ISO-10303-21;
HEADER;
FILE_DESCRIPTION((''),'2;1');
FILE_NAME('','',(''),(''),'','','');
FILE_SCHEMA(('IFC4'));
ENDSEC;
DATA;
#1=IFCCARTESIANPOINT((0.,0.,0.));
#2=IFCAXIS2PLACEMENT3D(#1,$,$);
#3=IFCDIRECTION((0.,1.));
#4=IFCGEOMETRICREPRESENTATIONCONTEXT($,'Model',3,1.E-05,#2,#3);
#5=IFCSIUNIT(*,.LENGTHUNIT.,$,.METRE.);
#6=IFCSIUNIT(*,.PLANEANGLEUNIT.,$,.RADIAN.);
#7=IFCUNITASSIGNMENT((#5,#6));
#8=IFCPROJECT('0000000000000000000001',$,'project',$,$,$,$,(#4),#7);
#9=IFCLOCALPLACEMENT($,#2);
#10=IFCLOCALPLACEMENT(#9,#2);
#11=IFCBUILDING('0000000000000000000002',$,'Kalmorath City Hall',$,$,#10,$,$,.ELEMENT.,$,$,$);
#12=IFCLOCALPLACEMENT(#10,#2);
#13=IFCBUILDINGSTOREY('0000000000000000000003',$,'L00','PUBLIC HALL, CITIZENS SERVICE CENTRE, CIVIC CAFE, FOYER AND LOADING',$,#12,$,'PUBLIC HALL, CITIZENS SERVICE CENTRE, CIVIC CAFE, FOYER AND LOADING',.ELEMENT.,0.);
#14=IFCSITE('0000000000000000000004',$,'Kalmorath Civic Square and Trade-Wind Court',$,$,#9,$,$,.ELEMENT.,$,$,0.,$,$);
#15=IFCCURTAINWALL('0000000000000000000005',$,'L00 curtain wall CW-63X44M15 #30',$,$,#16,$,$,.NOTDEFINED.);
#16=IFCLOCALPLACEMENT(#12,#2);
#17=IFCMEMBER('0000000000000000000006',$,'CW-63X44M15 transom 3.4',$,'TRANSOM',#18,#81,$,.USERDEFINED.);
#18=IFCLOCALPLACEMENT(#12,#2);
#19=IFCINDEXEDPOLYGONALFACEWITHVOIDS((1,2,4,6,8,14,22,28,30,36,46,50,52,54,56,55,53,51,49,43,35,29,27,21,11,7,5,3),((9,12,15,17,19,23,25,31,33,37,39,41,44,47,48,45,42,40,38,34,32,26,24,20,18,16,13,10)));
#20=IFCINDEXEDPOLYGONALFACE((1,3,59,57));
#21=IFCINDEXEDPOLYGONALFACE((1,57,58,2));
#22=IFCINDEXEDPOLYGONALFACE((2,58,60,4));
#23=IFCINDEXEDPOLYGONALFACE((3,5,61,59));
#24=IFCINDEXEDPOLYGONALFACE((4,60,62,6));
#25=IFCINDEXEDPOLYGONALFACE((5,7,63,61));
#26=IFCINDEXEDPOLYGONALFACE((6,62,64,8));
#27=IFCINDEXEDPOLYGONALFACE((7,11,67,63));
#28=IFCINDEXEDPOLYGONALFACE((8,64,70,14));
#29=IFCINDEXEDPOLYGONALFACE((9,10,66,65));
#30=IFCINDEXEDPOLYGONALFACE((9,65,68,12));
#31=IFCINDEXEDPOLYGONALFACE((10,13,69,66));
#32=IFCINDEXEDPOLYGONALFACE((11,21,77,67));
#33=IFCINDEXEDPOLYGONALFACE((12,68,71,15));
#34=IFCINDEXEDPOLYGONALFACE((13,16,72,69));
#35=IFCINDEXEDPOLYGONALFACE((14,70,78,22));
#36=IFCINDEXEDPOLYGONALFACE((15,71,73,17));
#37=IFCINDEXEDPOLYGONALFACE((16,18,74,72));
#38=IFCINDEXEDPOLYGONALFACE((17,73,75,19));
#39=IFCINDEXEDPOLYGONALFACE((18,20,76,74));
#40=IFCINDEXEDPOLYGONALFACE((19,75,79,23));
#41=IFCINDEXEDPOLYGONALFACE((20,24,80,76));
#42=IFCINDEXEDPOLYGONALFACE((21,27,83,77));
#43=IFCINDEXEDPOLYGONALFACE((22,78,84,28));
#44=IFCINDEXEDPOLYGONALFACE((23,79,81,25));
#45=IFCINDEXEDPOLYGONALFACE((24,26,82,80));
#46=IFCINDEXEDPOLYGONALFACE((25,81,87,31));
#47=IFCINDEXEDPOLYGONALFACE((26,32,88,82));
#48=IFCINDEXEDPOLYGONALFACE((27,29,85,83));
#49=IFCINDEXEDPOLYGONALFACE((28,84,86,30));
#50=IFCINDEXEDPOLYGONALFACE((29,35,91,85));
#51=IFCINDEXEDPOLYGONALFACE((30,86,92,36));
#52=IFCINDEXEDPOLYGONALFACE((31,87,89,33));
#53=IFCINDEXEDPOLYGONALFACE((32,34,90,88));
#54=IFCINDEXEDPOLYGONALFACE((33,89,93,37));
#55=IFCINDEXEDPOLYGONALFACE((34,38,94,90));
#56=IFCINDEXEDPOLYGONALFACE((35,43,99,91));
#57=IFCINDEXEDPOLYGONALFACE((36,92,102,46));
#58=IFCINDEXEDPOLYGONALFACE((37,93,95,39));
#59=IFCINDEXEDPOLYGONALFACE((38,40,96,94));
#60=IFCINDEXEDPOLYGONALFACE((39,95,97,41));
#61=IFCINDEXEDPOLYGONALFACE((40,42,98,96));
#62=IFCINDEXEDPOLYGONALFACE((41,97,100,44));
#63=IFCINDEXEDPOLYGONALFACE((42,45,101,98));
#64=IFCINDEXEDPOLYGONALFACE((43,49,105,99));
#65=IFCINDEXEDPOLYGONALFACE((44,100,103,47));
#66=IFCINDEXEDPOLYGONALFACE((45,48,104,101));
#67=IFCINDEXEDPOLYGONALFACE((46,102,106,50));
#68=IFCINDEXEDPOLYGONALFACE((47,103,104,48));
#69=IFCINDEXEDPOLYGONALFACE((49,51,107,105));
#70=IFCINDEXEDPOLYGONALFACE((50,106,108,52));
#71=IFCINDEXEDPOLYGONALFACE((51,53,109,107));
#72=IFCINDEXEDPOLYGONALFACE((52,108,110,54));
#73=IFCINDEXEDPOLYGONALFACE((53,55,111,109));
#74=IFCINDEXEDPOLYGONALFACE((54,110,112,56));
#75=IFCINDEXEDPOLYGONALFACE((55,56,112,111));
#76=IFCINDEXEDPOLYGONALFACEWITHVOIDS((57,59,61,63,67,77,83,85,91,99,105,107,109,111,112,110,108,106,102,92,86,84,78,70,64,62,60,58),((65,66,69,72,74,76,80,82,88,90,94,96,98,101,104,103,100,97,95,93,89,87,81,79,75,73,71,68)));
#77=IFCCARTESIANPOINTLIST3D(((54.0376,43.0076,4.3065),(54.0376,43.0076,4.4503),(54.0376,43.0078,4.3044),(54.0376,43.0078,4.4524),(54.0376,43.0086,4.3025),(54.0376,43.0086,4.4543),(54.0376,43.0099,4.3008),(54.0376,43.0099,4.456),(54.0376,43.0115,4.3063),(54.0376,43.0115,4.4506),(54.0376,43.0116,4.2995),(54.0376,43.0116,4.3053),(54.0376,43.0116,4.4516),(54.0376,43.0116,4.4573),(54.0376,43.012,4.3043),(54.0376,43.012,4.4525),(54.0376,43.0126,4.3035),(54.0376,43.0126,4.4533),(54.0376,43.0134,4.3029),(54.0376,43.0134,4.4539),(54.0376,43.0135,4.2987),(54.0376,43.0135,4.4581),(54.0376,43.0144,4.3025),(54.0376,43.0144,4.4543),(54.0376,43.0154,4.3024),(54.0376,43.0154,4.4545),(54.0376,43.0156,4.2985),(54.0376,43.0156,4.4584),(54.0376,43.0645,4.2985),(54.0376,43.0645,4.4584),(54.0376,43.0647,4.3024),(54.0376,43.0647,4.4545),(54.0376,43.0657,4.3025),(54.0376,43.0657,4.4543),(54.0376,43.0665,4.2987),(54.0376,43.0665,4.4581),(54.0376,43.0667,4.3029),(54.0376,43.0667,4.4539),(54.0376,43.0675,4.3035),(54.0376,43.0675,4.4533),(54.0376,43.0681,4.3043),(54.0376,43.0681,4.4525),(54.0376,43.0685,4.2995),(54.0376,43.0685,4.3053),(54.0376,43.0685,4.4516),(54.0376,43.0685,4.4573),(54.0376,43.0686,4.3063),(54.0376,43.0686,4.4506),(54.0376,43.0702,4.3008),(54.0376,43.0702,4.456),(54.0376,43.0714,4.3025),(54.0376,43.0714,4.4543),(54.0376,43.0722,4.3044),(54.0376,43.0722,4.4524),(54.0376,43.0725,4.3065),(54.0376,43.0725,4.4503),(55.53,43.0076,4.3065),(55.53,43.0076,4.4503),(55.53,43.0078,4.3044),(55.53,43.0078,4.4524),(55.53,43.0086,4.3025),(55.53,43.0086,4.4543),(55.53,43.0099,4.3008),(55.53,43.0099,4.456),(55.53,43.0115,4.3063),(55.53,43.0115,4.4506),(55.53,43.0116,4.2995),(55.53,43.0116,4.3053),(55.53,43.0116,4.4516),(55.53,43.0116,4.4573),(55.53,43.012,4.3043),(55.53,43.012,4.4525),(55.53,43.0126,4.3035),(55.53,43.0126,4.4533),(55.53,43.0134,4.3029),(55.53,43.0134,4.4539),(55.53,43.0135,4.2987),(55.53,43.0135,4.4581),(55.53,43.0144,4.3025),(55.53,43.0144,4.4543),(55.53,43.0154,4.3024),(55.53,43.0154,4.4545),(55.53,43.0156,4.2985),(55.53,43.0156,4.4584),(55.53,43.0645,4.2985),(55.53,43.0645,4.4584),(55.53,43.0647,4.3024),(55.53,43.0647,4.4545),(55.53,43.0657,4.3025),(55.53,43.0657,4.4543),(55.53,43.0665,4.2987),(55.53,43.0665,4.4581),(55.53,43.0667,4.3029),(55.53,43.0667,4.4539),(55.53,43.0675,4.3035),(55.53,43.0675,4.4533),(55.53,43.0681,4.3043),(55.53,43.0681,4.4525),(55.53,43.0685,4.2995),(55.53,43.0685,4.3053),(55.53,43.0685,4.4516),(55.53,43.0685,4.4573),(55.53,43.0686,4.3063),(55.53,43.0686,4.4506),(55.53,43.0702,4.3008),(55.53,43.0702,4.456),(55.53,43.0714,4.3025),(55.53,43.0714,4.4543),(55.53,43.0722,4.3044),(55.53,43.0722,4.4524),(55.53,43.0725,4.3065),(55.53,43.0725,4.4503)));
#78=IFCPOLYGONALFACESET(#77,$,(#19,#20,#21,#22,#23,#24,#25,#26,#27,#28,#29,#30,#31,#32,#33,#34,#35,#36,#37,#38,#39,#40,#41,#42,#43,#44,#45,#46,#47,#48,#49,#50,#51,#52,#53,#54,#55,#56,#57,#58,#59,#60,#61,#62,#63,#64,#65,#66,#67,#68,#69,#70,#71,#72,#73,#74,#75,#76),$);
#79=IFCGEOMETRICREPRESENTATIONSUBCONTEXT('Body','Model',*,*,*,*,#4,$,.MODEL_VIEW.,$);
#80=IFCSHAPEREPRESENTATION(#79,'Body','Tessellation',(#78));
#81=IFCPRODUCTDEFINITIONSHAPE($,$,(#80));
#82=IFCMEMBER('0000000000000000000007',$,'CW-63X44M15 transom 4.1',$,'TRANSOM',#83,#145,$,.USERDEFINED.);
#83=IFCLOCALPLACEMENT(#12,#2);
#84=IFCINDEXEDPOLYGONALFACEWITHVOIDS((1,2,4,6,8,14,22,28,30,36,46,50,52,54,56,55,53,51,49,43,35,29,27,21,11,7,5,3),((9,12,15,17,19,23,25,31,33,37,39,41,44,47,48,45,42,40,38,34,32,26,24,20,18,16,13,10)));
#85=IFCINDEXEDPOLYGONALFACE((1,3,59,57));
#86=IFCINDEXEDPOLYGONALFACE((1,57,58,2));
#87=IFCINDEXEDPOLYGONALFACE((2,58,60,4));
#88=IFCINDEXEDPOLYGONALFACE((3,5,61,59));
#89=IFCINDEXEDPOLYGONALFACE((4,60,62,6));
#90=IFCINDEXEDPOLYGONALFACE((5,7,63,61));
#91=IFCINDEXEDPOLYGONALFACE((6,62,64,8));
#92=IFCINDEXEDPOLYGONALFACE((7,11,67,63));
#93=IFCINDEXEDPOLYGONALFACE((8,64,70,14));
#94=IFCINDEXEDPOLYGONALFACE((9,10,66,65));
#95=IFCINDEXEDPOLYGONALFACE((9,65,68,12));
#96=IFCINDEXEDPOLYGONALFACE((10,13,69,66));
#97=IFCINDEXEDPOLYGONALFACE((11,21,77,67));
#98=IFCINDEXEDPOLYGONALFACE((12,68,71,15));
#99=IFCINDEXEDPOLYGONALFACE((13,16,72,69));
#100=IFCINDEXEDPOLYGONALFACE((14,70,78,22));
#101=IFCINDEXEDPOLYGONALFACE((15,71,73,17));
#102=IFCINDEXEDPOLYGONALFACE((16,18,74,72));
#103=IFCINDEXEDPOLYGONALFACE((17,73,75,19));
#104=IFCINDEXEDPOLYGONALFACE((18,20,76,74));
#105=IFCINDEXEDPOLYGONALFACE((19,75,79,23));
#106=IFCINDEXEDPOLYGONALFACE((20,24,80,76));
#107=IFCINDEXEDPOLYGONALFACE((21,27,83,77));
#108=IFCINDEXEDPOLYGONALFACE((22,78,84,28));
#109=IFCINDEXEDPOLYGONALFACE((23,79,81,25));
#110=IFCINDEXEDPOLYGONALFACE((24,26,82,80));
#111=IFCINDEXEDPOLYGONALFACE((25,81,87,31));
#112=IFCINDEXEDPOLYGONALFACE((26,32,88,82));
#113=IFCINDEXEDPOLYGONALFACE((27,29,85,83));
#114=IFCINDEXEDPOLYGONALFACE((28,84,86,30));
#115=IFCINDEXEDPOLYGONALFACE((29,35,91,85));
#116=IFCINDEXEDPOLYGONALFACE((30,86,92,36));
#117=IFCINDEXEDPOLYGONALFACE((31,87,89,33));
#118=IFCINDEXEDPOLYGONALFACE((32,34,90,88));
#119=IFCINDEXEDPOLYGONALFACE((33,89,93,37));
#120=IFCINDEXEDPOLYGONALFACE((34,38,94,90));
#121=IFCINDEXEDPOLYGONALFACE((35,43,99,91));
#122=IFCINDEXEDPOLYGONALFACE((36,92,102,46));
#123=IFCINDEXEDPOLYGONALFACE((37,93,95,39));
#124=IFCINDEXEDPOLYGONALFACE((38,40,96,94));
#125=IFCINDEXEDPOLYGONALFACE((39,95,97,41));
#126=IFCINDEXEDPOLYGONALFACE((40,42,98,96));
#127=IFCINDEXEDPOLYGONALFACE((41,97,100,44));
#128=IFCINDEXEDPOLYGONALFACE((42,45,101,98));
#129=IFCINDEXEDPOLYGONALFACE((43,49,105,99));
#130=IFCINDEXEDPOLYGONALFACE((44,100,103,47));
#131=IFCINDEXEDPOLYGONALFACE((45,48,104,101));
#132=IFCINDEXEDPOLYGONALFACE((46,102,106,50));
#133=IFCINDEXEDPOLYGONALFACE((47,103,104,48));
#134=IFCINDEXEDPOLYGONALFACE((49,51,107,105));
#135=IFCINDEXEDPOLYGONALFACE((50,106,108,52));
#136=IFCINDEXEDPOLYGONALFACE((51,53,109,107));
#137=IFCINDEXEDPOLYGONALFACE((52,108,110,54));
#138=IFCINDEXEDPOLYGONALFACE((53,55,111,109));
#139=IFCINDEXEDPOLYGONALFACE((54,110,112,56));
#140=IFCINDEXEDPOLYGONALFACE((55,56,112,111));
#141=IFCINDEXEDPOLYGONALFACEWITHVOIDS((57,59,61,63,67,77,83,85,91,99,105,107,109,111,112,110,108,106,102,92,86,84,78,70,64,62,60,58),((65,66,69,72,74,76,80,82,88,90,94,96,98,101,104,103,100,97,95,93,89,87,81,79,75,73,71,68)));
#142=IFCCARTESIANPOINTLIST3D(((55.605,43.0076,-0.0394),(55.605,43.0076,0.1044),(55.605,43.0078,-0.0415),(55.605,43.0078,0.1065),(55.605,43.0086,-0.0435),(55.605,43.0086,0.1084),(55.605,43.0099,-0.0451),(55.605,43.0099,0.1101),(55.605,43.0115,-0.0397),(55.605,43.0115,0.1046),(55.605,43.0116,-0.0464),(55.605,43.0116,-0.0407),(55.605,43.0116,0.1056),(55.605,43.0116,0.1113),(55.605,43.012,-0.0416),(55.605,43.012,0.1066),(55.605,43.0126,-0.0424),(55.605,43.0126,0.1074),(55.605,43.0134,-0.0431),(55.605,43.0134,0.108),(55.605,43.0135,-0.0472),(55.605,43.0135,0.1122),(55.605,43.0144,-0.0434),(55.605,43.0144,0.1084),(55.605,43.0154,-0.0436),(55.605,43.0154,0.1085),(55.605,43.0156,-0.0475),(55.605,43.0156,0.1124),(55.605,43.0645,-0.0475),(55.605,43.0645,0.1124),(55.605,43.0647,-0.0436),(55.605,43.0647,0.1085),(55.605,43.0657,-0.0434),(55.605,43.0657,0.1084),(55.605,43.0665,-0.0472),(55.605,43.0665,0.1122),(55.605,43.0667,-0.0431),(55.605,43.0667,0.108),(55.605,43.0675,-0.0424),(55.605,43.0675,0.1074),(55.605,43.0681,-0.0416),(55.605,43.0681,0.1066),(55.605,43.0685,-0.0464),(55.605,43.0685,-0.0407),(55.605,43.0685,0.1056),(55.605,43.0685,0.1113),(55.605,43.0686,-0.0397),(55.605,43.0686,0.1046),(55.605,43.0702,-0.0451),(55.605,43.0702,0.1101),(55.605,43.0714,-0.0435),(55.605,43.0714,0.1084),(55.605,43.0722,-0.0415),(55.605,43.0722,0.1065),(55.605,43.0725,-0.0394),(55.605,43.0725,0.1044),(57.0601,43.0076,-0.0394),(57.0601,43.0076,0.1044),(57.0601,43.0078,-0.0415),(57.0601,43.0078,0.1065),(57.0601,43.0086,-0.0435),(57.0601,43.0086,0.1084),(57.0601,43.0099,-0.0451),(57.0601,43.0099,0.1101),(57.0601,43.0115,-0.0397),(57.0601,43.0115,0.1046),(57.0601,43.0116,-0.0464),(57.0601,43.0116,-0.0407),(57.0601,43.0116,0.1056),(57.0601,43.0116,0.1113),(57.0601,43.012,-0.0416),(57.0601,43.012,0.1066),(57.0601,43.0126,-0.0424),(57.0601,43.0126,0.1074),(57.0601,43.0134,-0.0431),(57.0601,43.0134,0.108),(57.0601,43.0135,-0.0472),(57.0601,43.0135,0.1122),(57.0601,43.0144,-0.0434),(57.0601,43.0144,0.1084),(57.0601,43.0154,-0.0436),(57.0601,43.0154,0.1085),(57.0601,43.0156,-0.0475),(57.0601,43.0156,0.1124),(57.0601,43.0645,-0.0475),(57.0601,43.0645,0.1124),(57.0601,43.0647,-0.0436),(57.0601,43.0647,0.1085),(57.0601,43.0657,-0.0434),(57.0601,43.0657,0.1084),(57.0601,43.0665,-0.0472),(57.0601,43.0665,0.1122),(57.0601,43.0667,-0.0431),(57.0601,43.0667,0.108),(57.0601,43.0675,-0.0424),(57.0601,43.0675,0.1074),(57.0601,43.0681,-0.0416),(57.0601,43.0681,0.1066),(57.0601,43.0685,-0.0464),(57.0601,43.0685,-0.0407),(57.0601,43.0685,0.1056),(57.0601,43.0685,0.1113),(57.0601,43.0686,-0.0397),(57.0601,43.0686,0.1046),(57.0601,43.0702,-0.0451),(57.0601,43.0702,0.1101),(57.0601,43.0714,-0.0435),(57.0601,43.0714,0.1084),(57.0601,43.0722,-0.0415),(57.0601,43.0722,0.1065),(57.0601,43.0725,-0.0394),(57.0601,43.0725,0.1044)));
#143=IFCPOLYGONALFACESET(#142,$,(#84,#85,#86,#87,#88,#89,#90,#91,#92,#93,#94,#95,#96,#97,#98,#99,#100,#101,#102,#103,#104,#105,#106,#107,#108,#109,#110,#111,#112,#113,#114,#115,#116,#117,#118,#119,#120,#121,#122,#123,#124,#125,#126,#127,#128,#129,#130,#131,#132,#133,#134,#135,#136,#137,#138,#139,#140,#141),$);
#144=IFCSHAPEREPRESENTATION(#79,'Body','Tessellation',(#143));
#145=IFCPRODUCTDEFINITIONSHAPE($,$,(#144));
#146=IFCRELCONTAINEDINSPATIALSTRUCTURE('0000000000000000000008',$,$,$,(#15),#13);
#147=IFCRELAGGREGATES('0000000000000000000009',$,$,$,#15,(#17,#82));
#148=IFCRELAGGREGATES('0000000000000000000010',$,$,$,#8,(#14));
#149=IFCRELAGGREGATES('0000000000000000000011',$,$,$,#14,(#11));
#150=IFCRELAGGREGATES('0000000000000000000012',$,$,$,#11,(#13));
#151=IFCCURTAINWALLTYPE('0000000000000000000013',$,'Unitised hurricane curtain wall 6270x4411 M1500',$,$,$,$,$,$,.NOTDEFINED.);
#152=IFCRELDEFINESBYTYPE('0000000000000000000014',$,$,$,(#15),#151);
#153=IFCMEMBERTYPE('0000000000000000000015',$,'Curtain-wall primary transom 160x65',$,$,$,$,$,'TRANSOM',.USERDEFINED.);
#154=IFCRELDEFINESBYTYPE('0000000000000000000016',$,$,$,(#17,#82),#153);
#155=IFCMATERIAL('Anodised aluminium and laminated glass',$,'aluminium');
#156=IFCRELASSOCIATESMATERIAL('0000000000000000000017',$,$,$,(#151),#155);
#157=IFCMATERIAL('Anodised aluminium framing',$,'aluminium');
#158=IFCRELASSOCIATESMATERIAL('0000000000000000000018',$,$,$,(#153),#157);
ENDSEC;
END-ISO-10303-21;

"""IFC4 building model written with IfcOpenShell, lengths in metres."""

from ifc_helpers import new_model, si_unit, direction, frame, origin, origin_2d, place, context, subcontext, project, spatial, hollow_rectangle, extrude, material, material_profile, profile_set, type_object, element, aggregate, save


model = new_model("IFC4")

# Units and contexts
model_context = context("Model", 3, precision=1e-05, world=origin(), true_north=direction((0.0, 1.0)))
body_context = subcontext(model_context, "Body", "Model", "MODEL_VIEW")
ifc_project = project(units=[si_unit("LENGTHUNIT", "METRE"), si_unit("PLANEANGLEUNIT", "RADIAN")], contexts=[model_context])

# Site, building, storey
site_placement = place(None, origin())
site = spatial("IfcSite", under=ifc_project, at=site_placement, Name="Kalmorath Civic Square and Trade-Wind Court", CompositionType="ELEMENT", RefElevation=0.0)
building_placement = place(site_placement, origin())
building = spatial("IfcBuilding", under=site, at=building_placement, Name="Kalmorath City Hall", CompositionType="ELEMENT")
storey_placement = place(building_placement, origin())
storey = spatial("IfcBuildingStorey", under=building, at=storey_placement, Name="L00", Description="PUBLIC HALL, CITIZENS SERVICE CENTRE, CIVIC CAFE, FOYER AND LOADING", LongName="PUBLIC HALL, CITIZENS SERVICE CENTRE, CIVIC CAFE, FOYER AND LOADING", CompositionType="ELEMENT", Elevation=0.0)

# Curtain wall, members
ifc_material_1 = material(Name="Anodised aluminium and laminated glass", Category="aluminium")
curtain_wall_type = type_object("IfcCurtainWallType", Name="Unitised hurricane curtain wall 6270x4411 M1500", PredefinedType="NOTDEFINED", material=ifc_material_1)
curtain_wall_placement = place(storey_placement, origin())
curtain_wall = element("IfcCurtainWall", 1, at=curtain_wall_placement, inside=storey, type_object=curtain_wall_type, Name="L00 curtain wall CW-63X44M15 #30", PredefinedType="NOTDEFINED")
ifc_material_2 = material(Name="Anodised aluminium framing", Category="aluminium")
ifc_material_profile_1 = material_profile(ifc_material_2, hollow_rectangle(XDim=0.0649, YDim=0.1599, WallThickness=0.0039, InnerFilletRadius=0.0039, OuterFilletRadius=0.0081, at=origin_2d()), Name="ALU-TRN-160X65X4")
ifc_profile_set_1 = profile_set([ifc_material_profile_1], Name="Anodised aluminium framing")
member_type_1 = type_object("IfcMemberType", Name="Curtain-wall primary transom 160x65", ElementType="TRANSOM", PredefinedType="USERDEFINED", material=ifc_profile_set_1)
member_1_placement = place(storey_placement, frame((54.0376, 43.04, 4.3784), z_axis=(1.0, 0.0, 0.0), x_axis=(0.0, 1.0, 0.0)))
member_1 = element("IfcMember", 2, at=member_1_placement, type_object=member_type_1, Name="CW-63X44M15 transom 3.4", ObjectType="TRANSOM", PredefinedType="USERDEFINED", context=body_context, shape_type="SweptSolid", body=[
    extrude(hollow_rectangle(XDim=0.0649, YDim=0.1599, WallThickness=0.0039, InnerFilletRadius=0.0039, OuterFilletRadius=0.0081, at=origin_2d()), origin(), (0.0, 0.0, 1.0), 1.4924),
])
member_2_placement = place(storey_placement, frame((55.605, 43.04, 0.0325), z_axis=(1.0, 0.0, 0.0), x_axis=(0.0, 1.0, 0.0)))
member_2 = element("IfcMember", 3, at=member_2_placement, type_object=member_type_1, Name="CW-63X44M15 transom 4.1", ObjectType="TRANSOM", PredefinedType="USERDEFINED", context=body_context, shape_type="SweptSolid", body=[
    extrude(hollow_rectangle(XDim=0.0649, YDim=0.1599, WallThickness=0.0039, InnerFilletRadius=0.0039, OuterFilletRadius=0.0081, at=origin_2d()), origin(), (0.0, 0.0, 1.0), 1.4551),
])

aggregate(curtain_wall, [member_1, member_2])

save(model, "model.ifc")
